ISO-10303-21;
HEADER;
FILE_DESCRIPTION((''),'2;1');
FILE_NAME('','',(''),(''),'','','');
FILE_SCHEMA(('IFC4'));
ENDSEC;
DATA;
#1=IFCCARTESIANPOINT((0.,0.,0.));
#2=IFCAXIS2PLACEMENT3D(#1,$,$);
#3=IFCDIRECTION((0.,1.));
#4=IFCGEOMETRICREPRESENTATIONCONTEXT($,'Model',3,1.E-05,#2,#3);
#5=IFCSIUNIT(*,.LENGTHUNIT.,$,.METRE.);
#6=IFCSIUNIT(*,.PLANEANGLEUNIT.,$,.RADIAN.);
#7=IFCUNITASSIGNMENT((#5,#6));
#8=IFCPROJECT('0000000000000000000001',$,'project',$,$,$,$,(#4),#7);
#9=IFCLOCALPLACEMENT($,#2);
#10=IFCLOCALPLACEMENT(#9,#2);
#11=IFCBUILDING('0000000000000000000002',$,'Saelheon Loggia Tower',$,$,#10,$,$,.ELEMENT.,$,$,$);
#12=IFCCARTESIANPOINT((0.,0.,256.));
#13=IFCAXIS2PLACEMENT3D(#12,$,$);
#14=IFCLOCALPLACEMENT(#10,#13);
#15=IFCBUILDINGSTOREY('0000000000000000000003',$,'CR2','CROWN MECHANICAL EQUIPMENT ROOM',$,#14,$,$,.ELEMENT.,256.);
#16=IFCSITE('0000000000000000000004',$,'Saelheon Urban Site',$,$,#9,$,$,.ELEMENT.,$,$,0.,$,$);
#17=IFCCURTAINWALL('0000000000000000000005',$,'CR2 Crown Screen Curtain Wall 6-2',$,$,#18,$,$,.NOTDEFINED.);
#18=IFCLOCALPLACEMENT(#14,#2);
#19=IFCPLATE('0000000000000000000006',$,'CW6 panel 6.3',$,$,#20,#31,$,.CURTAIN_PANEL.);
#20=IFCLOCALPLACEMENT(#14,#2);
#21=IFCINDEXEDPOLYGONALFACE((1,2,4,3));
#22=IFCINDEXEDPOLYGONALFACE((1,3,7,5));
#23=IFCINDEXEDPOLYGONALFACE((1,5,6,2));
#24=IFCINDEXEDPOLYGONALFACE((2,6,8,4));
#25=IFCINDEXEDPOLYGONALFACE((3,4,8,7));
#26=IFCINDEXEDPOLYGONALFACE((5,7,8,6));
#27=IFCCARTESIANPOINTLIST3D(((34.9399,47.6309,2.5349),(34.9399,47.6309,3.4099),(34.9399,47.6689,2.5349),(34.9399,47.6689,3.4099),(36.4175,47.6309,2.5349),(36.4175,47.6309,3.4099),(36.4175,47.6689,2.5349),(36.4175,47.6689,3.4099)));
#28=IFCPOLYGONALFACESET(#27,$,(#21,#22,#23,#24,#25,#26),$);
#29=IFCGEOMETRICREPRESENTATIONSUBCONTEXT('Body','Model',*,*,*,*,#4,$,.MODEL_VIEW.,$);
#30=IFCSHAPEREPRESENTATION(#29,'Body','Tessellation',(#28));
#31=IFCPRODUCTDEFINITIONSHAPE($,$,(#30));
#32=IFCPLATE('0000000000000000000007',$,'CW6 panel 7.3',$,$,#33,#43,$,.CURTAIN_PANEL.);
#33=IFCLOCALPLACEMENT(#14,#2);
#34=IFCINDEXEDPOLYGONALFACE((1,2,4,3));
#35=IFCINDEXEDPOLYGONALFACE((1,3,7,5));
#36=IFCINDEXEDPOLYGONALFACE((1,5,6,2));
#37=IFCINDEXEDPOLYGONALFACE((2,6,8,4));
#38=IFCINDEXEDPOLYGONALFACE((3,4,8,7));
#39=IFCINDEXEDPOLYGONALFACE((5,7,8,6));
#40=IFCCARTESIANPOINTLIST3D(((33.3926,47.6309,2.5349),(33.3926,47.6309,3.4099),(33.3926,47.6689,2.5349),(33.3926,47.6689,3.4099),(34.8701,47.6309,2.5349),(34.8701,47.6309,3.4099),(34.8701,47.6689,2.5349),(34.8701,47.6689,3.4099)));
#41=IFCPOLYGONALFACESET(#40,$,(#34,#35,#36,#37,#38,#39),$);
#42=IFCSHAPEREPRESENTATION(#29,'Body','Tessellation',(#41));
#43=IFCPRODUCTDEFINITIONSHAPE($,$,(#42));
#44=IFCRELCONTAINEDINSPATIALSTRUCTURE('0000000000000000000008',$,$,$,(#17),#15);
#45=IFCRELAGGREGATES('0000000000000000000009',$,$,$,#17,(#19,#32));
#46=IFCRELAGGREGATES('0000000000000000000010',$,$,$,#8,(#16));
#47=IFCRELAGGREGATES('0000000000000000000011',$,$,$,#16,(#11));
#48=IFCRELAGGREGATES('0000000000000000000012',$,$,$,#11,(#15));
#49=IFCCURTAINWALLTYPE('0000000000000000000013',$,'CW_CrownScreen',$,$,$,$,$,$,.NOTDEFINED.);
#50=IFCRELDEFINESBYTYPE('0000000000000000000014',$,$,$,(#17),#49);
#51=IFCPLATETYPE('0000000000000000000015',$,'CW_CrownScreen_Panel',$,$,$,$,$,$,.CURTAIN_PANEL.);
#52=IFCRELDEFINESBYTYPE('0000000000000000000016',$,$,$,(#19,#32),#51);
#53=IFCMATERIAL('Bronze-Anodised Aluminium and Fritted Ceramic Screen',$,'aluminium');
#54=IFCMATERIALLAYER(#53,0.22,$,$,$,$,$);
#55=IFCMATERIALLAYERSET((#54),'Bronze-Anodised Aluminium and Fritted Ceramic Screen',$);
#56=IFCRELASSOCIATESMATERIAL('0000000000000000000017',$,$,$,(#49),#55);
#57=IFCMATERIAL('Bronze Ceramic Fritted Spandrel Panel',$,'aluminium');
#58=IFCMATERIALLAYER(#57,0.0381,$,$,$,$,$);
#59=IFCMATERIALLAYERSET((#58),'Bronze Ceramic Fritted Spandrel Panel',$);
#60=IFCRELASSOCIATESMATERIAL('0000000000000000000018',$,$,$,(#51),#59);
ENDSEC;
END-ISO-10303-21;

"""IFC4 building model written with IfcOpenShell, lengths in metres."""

from ifc_helpers import new_model, si_unit, direction, frame, origin, origin_2d, place, context, subcontext, project, spatial, rectangle, extrude, source, transform, mapped, material, layer, layer_set, type_object, element, aggregate, save


model = new_model("IFC4")

# Units and contexts
model_context = context("Model", 3, precision=1e-05, world=origin(), true_north=direction((0.0, 1.0)))
body_context = subcontext(model_context, "Body", "Model", "MODEL_VIEW")
ifc_project = project(units=[si_unit("LENGTHUNIT", "METRE"), si_unit("PLANEANGLEUNIT", "RADIAN")], contexts=[model_context])

# Site, building, storey
site_placement = place(None, origin())
site = spatial("IfcSite", under=ifc_project, at=site_placement, Name="Saelheon Urban Site", CompositionType="ELEMENT", RefElevation=0.0)
building_placement = place(site_placement, origin())
building = spatial("IfcBuilding", under=site, at=building_placement, Name="Saelheon Loggia Tower", CompositionType="ELEMENT")
storey_placement = place(building_placement, frame((0.0, 0.0, 256.0)))
storey = spatial("IfcBuildingStorey", under=building, at=storey_placement, Name="CR2", Description="CROWN MECHANICAL EQUIPMENT ROOM", CompositionType="ELEMENT", Elevation=256.0)

# Curtain wall, plates
ifc_material_1 = material(Name="Bronze-Anodised Aluminium and Fritted Ceramic Screen", Category="aluminium")
ifc_layer_1 = layer(ifc_material_1, 0.22)
ifc_layer_set_1 = layer_set([ifc_layer_1], Name="Bronze-Anodised Aluminium and Fritted Ceramic Screen")
curtain_wall_type = type_object("IfcCurtainWallType", Name="CW_CrownScreen", PredefinedType="NOTDEFINED", material=ifc_layer_set_1)
curtain_wall_placement = place(storey_placement, origin())
curtain_wall = element("IfcCurtainWall", 1, at=curtain_wall_placement, inside=storey, type_object=curtain_wall_type, Name="CR2 Crown Screen Curtain Wall 6-2", PredefinedType="NOTDEFINED")
ifc_material_2 = material(Name="Bronze Ceramic Fritted Spandrel Panel", Category="aluminium")
ifc_layer_2 = layer(ifc_material_2, 0.0381)
ifc_layer_set_2 = layer_set([ifc_layer_2], Name="Bronze Ceramic Fritted Spandrel Panel")
plate_type = type_object("IfcPlateType", Name="CW_CrownScreen_Panel", PredefinedType="CURTAIN_PANEL", material=ifc_layer_set_2)
shared_shape_1 = source(origin(), body_context, "Body", "SweptSolid", [
    extrude(rectangle(XDim=1.4775, YDim=0.0381, at=origin_2d()), origin(), (0.0, 0.0, 1.0), 0.875),
])
plate_1_placement = place(storey_placement, frame((35.6787, 47.6499, 2.5349), z_axis=(0.0, 0.0, 1.0), x_axis=(-1.0, 0.0, 0.0)))
plate_1 = element("IfcPlate", 2, at=plate_1_placement, type_object=plate_type, Name="CW6 panel 6.3", PredefinedType="CURTAIN_PANEL", context=body_context, shape_type="MappedRepresentation", body=[
    mapped(shared_shape_1, transform((0.0, 0.0, 0.0), scale=1.0)),
])
plate_2_placement = place(storey_placement, frame((34.1313, 47.6499, 2.5349), z_axis=(0.0, 0.0, 1.0), x_axis=(-1.0, 0.0, 0.0)))
plate_2 = element("IfcPlate", 3, at=plate_2_placement, type_object=plate_type, Name="CW6 panel 7.3", PredefinedType="CURTAIN_PANEL", context=body_context, shape_type="MappedRepresentation", body=[
    mapped(shared_shape_1, transform((0.0, 0.0, 0.0), scale=1.0)),
])
aggregate(curtain_wall, [plate_1, plate_2])

save(model, "model.ifc")
